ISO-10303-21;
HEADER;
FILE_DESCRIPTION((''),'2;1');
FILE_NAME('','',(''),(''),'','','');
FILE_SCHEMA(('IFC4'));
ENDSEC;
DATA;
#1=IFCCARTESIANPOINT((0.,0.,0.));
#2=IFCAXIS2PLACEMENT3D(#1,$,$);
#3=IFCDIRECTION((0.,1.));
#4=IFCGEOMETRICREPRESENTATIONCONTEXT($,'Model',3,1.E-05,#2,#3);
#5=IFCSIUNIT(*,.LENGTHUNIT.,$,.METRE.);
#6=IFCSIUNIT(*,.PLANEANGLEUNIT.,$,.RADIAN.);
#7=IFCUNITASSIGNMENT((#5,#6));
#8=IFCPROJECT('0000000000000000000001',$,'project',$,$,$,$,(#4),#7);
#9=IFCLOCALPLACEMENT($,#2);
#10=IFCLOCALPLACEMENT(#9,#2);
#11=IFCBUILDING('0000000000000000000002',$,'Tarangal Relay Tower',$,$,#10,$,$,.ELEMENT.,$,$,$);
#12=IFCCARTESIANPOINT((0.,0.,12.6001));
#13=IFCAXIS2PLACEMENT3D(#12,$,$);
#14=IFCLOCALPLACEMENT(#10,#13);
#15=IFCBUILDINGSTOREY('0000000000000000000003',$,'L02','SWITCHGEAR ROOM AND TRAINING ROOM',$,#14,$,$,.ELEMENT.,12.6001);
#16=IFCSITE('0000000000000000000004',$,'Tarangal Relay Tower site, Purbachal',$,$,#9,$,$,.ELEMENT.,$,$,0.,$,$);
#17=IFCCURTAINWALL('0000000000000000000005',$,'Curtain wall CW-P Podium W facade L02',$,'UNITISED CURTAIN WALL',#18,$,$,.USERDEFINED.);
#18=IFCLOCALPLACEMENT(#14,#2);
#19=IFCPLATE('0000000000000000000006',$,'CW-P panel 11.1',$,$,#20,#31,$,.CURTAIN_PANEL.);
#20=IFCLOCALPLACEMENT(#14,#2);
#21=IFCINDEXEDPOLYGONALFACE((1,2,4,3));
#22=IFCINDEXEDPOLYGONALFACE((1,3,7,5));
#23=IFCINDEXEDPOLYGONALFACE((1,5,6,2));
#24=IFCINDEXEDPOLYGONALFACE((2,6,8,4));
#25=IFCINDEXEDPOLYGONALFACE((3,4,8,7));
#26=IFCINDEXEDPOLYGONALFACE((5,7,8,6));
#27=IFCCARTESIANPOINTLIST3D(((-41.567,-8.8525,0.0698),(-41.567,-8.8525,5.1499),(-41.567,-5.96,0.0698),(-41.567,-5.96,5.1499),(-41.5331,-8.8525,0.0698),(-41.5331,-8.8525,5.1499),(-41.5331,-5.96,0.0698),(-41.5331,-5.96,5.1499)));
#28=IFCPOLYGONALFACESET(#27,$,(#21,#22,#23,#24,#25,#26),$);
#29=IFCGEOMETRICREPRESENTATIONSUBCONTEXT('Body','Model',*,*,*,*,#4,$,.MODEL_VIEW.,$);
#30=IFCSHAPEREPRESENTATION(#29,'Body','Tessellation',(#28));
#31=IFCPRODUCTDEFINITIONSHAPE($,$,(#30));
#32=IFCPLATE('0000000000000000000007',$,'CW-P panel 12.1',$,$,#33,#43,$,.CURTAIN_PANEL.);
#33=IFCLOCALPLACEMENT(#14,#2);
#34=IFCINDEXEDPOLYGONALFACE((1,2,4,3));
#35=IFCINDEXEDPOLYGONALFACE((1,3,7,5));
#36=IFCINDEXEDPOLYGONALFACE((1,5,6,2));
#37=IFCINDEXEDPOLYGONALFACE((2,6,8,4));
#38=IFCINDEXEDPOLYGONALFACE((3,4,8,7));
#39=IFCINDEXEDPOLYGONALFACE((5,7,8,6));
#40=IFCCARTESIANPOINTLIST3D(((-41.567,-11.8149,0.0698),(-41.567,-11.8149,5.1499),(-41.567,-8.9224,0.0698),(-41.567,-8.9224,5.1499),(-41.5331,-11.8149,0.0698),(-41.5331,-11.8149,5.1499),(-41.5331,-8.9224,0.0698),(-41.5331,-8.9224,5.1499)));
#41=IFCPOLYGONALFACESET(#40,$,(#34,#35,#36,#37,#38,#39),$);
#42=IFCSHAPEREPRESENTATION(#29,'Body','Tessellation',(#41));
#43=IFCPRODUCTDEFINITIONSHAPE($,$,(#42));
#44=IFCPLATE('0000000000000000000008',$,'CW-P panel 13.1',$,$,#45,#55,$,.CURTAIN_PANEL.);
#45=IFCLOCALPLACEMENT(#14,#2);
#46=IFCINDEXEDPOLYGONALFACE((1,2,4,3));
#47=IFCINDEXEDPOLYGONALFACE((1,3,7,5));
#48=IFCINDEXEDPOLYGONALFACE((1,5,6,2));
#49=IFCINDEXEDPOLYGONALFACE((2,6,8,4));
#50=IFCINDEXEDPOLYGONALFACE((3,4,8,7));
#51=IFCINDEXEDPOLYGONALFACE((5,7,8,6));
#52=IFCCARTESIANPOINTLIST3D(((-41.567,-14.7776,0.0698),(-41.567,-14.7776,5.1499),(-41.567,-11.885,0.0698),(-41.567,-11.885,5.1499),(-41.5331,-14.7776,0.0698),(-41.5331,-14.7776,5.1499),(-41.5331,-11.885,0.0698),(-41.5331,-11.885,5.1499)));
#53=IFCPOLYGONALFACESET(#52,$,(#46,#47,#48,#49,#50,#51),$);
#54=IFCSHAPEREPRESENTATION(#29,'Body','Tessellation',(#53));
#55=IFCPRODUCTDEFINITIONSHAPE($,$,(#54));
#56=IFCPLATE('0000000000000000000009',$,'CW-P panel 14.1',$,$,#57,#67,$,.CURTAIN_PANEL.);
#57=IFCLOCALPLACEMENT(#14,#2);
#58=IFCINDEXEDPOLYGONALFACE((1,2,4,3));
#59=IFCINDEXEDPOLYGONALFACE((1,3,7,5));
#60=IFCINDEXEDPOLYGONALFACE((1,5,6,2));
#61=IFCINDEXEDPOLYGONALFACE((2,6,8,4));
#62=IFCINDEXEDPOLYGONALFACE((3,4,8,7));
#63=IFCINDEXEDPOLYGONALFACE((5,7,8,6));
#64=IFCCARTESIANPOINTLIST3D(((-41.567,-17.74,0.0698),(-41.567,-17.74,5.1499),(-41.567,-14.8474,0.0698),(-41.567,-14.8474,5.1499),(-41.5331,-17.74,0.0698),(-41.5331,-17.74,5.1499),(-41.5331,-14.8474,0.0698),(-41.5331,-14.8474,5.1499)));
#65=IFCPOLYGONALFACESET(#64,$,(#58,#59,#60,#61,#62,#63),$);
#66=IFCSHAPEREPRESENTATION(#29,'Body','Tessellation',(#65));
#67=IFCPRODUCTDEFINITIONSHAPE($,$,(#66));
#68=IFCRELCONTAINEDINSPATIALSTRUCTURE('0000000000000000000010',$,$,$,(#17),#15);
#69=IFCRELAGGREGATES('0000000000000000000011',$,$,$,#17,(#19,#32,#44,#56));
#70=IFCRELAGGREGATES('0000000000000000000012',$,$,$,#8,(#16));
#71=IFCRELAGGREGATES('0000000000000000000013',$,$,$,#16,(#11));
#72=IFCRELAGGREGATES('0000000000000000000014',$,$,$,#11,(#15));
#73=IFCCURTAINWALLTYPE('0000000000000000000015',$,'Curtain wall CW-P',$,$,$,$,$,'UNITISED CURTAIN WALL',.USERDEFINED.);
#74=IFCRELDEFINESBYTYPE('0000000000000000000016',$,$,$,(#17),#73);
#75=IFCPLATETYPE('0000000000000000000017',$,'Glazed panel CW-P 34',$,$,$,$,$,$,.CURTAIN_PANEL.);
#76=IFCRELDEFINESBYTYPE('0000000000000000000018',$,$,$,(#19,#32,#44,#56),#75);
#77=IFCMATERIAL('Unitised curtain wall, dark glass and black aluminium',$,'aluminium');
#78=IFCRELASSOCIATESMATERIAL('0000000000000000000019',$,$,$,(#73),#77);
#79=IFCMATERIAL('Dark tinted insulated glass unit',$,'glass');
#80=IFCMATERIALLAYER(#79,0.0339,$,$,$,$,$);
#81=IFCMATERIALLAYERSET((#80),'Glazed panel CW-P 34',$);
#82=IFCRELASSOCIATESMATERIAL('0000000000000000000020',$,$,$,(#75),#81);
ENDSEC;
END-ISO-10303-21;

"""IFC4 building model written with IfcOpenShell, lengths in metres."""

from ifc_helpers import new_model, si_unit, direction, frame, origin, origin_2d, place, context, subcontext, project, spatial, rectangle, extrude, material, layer, layer_set, type_object, element, aggregate, save


model = new_model("IFC4")

# Units and contexts
model_context = context("Model", 3, precision=1e-05, world=origin(), true_north=direction((0.0, 1.0)))
body_context = subcontext(model_context, "Body", "Model", "MODEL_VIEW")
ifc_project = project(units=[si_unit("LENGTHUNIT", "METRE"), si_unit("PLANEANGLEUNIT", "RADIAN")], contexts=[model_context])

# Site, building, storey
site_placement = place(None, origin())
site = spatial("IfcSite", under=ifc_project, at=site_placement, Name="Tarangal Relay Tower site, Purbachal", CompositionType="ELEMENT", RefElevation=0.0)
building_placement = place(site_placement, origin())
building = spatial("IfcBuilding", under=site, at=building_placement, Name="Tarangal Relay Tower", CompositionType="ELEMENT")
storey_placement = place(building_placement, frame((0.0, 0.0, 12.6001)))
storey = spatial("IfcBuildingStorey", under=building, at=storey_placement, Name="L02", Description="SWITCHGEAR ROOM AND TRAINING ROOM", CompositionType="ELEMENT", Elevation=12.6001)

# Curtain wall
ifc_material_1 = material(Name="Unitised curtain wall, dark glass and black aluminium", Category="aluminium")
curtain_wall_type = type_object("IfcCurtainWallType", Name="Curtain wall CW-P", ElementType="UNITISED CURTAIN WALL", PredefinedType="USERDEFINED", material=ifc_material_1)
curtain_wall_placement = place(storey_placement, origin())
curtain_wall = element("IfcCurtainWall", 1, at=curtain_wall_placement, inside=storey, type_object=curtain_wall_type, Name="Curtain wall CW-P Podium W facade L02", ObjectType="UNITISED CURTAIN WALL", PredefinedType="USERDEFINED")

# Plates
ifc_material_2 = material(Name="Dark tinted insulated glass unit", Category="glass")
ifc_layer = layer(ifc_material_2, 0.0339)
ifc_layer_set = layer_set([ifc_layer], Name="Glazed panel CW-P 34")
plate_type = type_object("IfcPlateType", Name="Glazed panel CW-P 34", PredefinedType="CURTAIN_PANEL", material=ifc_layer_set)
plate_1_placement = place(storey_placement, frame((-41.55, -7.4062, 0.0698), z_axis=(0.0, 0.0, 1.0), x_axis=(0.0, -1.0, 0.0)))
plate_1 = element("IfcPlate", 2, at=plate_1_placement, type_object=plate_type, Name="CW-P panel 11.1", PredefinedType="CURTAIN_PANEL", context=body_context, shape_type="SweptSolid", body=[
    extrude(rectangle(XDim=2.8926, YDim=0.0339, at=origin_2d()), origin(), (0.0, 0.0, 1.0), 5.0801),
])
plate_2_placement = place(storey_placement, frame((-41.55, -10.3687, 0.0698), z_axis=(0.0, 0.0, 1.0), x_axis=(0.0, -1.0, 0.0)))
plate_2 = element("IfcPlate", 3, at=plate_2_placement, type_object=plate_type, Name="CW-P panel 12.1", PredefinedType="CURTAIN_PANEL", context=body_context, shape_type="SweptSolid", body=[
    extrude(rectangle(XDim=2.8926, YDim=0.0339, at=origin_2d()), origin(), (0.0, 0.0, 1.0), 5.0801),
])
plate_3_placement = place(storey_placement, frame((-41.55, -13.3313, 0.0698), z_axis=(0.0, 0.0, 1.0), x_axis=(0.0, -1.0, 0.0)))
plate_3 = element("IfcPlate", 4, at=plate_3_placement, type_object=plate_type, Name="CW-P panel 13.1", PredefinedType="CURTAIN_PANEL", context=body_context, shape_type="SweptSolid", body=[
    extrude(rectangle(XDim=2.8926, YDim=0.0339, at=origin_2d()), origin(), (0.0, 0.0, 1.0), 5.0801),
])
plate_4_placement = place(storey_placement, frame((-41.55, -16.2937, 0.0698), z_axis=(0.0, 0.0, 1.0), x_axis=(0.0, -1.0, 0.0)))
plate_4 = element("IfcPlate", 5, at=plate_4_placement, type_object=plate_type, Name="CW-P panel 14.1", PredefinedType="CURTAIN_PANEL", context=body_context, shape_type="SweptSolid", body=[
    extrude(rectangle(XDim=2.8926, YDim=0.0339, at=origin_2d()), origin(), (0.0, 0.0, 1.0), 5.0801),
])
aggregate(curtain_wall, [plate_1, plate_2, plate_3, plate_4])

save(model, "model.ifc")
